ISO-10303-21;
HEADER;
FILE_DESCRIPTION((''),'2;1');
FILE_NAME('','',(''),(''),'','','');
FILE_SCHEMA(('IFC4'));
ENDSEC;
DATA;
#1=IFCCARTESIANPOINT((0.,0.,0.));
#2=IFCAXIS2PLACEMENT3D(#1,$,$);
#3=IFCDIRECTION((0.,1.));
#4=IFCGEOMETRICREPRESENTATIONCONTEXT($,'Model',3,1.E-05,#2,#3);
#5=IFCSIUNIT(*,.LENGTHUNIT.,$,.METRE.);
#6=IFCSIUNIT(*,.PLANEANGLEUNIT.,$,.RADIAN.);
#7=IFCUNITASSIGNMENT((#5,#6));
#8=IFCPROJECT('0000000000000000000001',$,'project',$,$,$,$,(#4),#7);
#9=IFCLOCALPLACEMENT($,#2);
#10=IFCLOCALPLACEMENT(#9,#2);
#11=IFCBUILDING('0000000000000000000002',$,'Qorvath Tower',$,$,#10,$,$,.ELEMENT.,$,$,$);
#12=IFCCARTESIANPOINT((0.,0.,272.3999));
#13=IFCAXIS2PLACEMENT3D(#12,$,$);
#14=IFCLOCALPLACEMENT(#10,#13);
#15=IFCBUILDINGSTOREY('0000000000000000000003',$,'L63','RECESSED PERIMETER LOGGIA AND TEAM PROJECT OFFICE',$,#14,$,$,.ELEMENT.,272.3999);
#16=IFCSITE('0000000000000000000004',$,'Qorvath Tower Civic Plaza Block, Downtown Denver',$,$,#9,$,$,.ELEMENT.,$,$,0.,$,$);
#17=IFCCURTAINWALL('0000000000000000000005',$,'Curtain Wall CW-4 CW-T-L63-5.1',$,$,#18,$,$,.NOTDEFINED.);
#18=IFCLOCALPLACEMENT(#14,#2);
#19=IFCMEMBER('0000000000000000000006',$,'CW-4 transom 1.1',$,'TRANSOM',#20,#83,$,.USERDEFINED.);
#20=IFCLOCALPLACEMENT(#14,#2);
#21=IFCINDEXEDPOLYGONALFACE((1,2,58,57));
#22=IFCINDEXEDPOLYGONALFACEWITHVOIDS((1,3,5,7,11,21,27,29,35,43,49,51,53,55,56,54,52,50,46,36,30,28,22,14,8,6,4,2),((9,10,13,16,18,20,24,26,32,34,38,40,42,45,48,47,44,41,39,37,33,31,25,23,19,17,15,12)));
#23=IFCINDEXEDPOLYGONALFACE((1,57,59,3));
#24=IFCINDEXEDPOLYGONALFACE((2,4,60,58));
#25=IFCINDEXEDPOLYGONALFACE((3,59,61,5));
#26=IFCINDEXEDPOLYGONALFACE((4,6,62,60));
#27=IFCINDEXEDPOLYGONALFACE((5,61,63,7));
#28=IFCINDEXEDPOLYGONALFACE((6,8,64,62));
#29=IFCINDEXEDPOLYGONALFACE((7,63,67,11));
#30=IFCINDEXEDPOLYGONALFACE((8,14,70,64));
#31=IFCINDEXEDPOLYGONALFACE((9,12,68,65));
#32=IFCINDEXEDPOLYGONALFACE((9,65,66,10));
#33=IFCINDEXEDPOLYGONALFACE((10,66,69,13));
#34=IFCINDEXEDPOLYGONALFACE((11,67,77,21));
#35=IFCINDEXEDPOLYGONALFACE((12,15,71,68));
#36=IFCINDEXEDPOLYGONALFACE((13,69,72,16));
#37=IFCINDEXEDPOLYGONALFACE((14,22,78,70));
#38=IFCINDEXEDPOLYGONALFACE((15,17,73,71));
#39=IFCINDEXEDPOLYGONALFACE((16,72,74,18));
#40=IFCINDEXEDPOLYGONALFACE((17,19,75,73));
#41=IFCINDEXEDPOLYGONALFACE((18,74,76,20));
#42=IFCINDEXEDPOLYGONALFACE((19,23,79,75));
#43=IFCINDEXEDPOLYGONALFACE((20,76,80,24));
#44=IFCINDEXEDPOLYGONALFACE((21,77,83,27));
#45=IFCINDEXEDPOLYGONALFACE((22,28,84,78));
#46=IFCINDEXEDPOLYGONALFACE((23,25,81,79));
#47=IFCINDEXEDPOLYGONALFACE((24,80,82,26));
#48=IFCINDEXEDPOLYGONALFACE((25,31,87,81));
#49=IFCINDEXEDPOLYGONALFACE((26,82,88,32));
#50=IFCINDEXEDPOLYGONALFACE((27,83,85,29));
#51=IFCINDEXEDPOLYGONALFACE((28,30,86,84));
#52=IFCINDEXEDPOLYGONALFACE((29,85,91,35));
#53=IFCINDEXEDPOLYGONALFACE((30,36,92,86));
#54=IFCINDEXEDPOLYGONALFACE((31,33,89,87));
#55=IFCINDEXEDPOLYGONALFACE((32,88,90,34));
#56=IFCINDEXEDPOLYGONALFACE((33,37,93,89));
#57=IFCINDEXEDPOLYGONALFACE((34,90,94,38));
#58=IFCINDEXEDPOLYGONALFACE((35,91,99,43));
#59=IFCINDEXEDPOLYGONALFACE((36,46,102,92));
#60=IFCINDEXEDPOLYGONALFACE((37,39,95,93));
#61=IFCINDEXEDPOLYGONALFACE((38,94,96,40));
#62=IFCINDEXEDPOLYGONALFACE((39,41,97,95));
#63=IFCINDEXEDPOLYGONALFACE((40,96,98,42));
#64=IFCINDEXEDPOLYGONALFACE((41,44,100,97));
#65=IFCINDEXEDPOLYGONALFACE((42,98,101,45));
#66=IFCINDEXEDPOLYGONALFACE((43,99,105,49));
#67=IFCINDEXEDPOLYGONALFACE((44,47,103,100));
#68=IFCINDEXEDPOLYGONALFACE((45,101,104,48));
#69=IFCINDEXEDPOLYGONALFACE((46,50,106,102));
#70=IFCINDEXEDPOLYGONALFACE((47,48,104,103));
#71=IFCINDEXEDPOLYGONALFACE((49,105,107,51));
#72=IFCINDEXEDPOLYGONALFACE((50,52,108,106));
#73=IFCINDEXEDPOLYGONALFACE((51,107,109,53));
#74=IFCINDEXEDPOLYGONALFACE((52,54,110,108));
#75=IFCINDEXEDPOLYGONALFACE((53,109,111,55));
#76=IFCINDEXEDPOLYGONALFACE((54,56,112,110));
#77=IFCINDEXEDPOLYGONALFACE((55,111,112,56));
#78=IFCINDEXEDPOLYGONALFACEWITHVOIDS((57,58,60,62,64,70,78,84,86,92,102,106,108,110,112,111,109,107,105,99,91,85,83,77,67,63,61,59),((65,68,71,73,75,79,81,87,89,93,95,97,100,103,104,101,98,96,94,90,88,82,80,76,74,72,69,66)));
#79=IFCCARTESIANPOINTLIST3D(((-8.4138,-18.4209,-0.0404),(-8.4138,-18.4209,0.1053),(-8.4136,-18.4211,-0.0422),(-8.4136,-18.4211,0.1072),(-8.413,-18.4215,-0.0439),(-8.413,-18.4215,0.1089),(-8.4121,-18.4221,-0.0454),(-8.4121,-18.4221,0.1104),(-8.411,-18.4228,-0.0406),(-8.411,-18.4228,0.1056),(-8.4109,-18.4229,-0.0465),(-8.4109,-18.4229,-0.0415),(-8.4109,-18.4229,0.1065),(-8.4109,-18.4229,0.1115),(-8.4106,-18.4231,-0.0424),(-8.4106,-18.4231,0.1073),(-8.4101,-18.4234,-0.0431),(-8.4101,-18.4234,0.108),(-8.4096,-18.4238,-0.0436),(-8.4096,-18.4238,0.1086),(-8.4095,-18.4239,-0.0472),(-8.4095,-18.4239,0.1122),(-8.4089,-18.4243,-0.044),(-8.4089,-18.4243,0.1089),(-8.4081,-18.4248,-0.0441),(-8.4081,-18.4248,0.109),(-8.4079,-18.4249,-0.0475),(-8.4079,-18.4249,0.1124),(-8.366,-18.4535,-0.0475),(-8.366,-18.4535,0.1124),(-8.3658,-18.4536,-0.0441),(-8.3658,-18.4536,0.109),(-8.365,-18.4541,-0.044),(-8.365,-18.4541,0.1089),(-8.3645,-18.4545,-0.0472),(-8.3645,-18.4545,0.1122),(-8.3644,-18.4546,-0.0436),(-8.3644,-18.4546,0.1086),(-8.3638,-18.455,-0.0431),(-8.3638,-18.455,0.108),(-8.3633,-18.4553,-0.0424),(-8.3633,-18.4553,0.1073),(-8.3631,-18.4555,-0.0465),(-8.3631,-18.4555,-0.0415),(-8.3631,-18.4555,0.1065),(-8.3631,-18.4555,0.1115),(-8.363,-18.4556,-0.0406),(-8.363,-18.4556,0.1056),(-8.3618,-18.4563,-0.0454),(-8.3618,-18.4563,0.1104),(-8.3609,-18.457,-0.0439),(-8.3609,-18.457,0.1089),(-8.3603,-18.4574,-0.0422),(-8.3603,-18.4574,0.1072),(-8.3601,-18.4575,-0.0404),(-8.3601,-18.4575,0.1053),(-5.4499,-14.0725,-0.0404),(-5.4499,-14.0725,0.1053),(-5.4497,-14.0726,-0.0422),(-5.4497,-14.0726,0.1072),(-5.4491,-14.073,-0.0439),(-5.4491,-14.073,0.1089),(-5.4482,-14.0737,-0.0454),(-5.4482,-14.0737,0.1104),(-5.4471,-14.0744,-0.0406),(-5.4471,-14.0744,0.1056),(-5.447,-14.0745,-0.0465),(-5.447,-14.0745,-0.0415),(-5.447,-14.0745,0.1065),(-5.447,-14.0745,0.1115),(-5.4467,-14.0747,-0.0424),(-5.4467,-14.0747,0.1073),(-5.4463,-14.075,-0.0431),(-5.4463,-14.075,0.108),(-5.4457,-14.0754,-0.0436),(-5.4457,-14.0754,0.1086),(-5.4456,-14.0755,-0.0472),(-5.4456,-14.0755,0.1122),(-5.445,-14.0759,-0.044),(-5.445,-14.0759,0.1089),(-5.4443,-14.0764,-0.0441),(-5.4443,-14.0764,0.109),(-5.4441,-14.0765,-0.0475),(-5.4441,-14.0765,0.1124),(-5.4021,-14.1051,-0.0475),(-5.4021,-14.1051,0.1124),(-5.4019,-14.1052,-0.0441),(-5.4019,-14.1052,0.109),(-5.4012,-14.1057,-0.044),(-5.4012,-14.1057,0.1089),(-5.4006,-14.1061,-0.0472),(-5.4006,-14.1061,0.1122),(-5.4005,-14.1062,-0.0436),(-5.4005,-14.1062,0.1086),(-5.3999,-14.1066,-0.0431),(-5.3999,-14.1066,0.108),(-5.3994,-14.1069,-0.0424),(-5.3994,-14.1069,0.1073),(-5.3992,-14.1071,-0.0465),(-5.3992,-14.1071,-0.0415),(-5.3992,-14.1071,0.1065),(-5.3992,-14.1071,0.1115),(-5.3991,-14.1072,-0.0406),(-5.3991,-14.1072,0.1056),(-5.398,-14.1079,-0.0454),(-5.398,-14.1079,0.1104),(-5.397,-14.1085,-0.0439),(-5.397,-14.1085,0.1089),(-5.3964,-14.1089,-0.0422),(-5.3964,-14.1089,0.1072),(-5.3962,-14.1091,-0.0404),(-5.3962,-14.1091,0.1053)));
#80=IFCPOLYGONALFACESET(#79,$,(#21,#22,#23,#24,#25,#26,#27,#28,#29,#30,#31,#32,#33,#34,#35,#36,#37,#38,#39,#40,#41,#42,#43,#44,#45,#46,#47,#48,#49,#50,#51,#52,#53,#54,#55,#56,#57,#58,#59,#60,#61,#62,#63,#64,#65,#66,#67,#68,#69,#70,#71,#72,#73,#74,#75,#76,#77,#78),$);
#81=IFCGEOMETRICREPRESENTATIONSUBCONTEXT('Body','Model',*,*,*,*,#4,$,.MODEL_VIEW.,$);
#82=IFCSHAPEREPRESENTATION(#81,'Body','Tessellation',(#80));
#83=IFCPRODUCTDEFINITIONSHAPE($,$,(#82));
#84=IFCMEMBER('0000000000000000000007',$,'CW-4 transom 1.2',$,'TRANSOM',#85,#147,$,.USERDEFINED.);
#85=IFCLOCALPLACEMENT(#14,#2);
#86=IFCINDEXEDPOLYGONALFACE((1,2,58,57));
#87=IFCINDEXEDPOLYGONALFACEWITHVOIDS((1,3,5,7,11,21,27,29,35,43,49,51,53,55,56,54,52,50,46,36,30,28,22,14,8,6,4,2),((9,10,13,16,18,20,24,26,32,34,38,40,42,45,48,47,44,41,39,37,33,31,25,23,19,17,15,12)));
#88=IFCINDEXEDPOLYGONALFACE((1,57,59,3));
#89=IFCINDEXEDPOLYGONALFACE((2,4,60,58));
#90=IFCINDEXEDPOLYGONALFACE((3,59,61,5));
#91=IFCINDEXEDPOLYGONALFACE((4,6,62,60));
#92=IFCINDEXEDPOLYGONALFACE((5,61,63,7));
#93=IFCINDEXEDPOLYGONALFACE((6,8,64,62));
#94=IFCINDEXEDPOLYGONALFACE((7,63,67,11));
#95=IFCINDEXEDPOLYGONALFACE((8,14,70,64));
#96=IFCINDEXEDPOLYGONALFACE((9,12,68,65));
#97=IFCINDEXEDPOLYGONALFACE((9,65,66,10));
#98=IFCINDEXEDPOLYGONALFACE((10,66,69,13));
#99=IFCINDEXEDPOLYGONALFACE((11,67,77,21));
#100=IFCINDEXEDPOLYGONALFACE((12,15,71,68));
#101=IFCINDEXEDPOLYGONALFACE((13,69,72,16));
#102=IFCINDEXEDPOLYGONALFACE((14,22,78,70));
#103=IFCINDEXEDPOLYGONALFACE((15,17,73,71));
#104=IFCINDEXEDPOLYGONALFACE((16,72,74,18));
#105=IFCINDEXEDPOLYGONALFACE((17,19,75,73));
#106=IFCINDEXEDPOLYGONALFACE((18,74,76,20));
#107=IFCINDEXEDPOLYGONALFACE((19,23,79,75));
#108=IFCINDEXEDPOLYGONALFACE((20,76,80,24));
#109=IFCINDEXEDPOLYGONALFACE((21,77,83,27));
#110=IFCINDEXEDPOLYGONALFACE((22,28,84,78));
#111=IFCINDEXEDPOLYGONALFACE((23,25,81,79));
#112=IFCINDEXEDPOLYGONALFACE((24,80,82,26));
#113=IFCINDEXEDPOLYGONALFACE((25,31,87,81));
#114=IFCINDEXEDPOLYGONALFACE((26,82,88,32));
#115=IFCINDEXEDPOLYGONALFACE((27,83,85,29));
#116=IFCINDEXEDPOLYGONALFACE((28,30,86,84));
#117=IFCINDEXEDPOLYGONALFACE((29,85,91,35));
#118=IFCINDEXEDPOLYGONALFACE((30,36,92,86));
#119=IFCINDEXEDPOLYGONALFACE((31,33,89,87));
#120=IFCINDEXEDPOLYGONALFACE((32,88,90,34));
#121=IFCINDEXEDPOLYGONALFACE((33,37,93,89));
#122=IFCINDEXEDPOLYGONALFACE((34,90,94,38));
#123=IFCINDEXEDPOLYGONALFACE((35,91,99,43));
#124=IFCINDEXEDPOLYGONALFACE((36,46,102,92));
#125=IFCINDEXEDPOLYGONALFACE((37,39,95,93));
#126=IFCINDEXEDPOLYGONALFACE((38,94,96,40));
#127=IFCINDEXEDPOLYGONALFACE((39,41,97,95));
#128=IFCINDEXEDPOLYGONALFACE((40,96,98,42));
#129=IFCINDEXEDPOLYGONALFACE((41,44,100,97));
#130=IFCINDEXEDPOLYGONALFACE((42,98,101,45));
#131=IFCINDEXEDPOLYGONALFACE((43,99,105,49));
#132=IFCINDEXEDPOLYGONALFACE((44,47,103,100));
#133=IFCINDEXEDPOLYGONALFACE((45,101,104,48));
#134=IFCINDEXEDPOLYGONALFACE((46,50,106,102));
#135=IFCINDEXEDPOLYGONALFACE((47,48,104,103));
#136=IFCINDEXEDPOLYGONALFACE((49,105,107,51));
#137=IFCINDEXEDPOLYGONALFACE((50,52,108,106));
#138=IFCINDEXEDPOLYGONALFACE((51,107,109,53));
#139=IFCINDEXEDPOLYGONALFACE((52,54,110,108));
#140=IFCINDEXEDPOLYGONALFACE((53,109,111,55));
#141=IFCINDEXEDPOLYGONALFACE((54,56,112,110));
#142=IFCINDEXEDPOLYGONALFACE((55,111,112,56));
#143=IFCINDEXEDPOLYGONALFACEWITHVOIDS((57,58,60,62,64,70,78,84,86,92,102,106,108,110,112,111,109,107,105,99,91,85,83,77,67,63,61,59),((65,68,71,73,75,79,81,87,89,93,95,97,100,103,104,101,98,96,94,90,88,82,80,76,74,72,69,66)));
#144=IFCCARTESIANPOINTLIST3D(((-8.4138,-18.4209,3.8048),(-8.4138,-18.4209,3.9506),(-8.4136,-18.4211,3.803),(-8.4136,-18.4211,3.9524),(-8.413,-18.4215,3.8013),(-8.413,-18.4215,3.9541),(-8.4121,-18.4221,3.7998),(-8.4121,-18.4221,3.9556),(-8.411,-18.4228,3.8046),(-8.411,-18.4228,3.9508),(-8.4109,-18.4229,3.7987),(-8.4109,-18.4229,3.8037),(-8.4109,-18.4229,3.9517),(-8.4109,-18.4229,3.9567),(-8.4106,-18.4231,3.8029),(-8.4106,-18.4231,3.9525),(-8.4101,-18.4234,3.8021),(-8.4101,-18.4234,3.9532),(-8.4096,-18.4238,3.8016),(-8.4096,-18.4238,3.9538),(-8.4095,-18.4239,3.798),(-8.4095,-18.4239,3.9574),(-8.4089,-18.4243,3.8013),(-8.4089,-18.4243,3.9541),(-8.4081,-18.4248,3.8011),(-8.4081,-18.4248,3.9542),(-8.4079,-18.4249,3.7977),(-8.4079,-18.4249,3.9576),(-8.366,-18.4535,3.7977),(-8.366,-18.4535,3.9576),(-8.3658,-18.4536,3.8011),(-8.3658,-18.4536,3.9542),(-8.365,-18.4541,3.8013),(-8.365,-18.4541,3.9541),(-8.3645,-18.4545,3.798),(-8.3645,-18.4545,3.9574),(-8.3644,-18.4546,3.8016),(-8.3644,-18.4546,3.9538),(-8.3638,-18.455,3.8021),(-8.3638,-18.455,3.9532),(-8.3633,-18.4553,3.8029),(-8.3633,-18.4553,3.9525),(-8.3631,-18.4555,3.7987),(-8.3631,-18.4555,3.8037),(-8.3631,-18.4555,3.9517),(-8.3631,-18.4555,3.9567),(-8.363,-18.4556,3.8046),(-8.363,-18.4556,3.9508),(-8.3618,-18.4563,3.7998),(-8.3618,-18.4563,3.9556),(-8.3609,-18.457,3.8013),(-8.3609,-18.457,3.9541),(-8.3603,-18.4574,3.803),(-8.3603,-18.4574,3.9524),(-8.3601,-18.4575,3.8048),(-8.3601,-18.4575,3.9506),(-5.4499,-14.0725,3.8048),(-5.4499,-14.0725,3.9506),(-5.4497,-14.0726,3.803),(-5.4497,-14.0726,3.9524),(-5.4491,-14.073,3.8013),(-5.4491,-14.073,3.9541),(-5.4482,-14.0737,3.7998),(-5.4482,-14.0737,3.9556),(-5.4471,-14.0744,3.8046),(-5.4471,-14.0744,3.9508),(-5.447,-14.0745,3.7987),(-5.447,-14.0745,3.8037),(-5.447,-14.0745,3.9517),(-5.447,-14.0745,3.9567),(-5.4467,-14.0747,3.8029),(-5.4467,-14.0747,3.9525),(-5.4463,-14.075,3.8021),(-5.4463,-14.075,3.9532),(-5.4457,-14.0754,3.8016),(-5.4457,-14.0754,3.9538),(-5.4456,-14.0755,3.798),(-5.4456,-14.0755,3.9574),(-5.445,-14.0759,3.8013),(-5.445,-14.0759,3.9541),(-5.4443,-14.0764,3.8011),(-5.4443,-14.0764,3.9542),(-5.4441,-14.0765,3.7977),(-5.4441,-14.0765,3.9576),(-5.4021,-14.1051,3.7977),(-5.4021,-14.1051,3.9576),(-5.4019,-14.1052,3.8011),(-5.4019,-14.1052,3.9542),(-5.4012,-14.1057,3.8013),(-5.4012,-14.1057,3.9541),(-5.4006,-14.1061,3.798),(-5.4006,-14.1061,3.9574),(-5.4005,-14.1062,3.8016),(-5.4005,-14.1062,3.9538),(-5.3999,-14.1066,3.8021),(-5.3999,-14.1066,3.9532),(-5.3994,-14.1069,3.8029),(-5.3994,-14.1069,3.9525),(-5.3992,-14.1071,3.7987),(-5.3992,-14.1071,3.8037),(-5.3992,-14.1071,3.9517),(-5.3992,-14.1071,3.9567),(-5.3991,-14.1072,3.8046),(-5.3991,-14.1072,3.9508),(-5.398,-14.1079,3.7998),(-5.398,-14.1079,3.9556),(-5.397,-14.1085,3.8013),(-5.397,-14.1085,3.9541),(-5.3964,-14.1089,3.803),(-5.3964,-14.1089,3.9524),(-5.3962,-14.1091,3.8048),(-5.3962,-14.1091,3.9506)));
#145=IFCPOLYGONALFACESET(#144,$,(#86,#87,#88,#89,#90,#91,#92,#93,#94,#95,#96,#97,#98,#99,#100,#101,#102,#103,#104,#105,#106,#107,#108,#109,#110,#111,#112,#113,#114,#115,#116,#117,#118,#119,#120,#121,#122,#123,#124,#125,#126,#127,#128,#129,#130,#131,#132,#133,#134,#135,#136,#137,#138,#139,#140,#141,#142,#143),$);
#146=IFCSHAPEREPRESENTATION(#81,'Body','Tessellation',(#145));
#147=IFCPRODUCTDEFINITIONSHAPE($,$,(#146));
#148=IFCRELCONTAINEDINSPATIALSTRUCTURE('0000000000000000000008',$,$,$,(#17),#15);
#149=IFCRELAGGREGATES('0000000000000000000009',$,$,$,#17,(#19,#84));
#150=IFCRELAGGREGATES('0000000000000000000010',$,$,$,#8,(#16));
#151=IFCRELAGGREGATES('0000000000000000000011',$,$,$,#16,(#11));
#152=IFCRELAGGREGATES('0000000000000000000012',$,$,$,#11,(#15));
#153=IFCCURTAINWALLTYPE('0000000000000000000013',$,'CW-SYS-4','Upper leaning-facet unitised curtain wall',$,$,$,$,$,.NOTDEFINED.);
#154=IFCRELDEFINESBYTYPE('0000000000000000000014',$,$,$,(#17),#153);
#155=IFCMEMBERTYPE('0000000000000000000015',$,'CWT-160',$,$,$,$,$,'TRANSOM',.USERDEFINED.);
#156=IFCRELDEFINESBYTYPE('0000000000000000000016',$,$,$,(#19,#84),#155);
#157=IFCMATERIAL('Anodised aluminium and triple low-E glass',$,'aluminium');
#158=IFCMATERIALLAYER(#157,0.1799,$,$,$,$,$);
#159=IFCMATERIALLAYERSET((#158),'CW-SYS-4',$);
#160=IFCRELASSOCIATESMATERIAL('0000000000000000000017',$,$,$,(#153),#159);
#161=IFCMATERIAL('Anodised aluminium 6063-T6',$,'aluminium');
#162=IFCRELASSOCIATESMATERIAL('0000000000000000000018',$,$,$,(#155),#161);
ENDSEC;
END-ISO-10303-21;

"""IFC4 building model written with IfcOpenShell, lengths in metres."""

from ifc_helpers import new_model, si_unit, direction, frame, origin, origin_2d, place, context, subcontext, project, spatial, hollow_rectangle, extrude, material, layer, layer_set, material_profile, profile_set, type_object, element, aggregate, save


model = new_model("IFC4")

# Units and contexts
model_context = context("Model", 3, precision=1e-05, world=origin(), true_north=direction((0.0, 1.0)))
body_context = subcontext(model_context, "Body", "Model", "MODEL_VIEW")
ifc_project = project(units=[si_unit("LENGTHUNIT", "METRE"), si_unit("PLANEANGLEUNIT", "RADIAN")], contexts=[model_context])

# Site, building, storey
site_placement = place(None, origin())
site = spatial("IfcSite", under=ifc_project, at=site_placement, Name="Qorvath Tower Civic Plaza Block, Downtown Denver", CompositionType="ELEMENT", RefElevation=0.0)
building_placement = place(site_placement, origin())
building = spatial("IfcBuilding", under=site, at=building_placement, Name="Qorvath Tower", CompositionType="ELEMENT")
storey_placement = place(building_placement, frame((0.0, 0.0, 272.3999)))
storey = spatial("IfcBuildingStorey", under=building, at=storey_placement, Name="L63", Description="RECESSED PERIMETER LOGGIA AND TEAM PROJECT OFFICE", CompositionType="ELEMENT", Elevation=272.3999)

# Shared definitions
ifc_material_1 = material(Name="Anodised aluminium and triple low-E glass", Category="aluminium")
ifc_layer_1 = layer(ifc_material_1, 0.1799)
ifc_layer_set_1 = layer_set([ifc_layer_1], Name="CW-SYS-4")
curtain_wall_type = type_object("IfcCurtainWallType", Name="CW-SYS-4", Description="Upper leaning-facet unitised curtain wall", PredefinedType="NOTDEFINED", material=ifc_layer_set_1)

# Curtain wall
curtain_wall_1_placement = place(storey_placement, origin())
curtain_wall_1 = element("IfcCurtainWall", 1, at=curtain_wall_1_placement, inside=storey, type_object=curtain_wall_type, Name="Curtain Wall CW-4 CW-T-L63-5.1", PredefinedType="NOTDEFINED")

# Members
ifc_material_2 = material(Name="Anodised aluminium 6063-T6", Category="aluminium")
ifc_material_profile_1 = material_profile(ifc_material_2, hollow_rectangle(XDim=0.0649, YDim=0.1599, WallThickness=0.0034, InnerFilletRadius=0.0034, OuterFilletRadius=0.0071, at=origin_2d()), Name="CWT 160x65")
ifc_profile_set_1 = profile_set([ifc_material_profile_1], Name="Anodised aluminium 6063-T6")
member_type_1 = type_object("IfcMemberType", Name="CWT-160", ElementType="TRANSOM", PredefinedType="USERDEFINED", material=ifc_profile_set_1)
member_1_placement = place(storey_placement, frame((-8.387, -18.4392, 0.0325), z_axis=(0.563214, 0.826311, 0.0), x_axis=(-0.826311, 0.563214, 0.0)))
member_1 = element("IfcMember", 2, at=member_1_placement, type_object=member_type_1, Name="CW-4 transom 1.1", ObjectType="TRANSOM", PredefinedType="USERDEFINED", context=body_context, shape_type="SweptSolid", body=[
    extrude(hollow_rectangle(XDim=0.0649, YDim=0.1599, WallThickness=0.0034, InnerFilletRadius=0.0034, OuterFilletRadius=0.0071, at=origin_2d()), origin(), (0.0, 0.0, 1.0), 5.2625),
])
member_2_placement = place(storey_placement, frame((-8.387, -18.4392, 3.8777), z_axis=(0.563214, 0.826311, 0.0), x_axis=(-0.826311, 0.563214, 0.0)))
member_2 = element("IfcMember", 3, at=member_2_placement, type_object=member_type_1, Name="CW-4 transom 1.2", ObjectType="TRANSOM", PredefinedType="USERDEFINED", context=body_context, shape_type="SweptSolid", body=[
    extrude(hollow_rectangle(XDim=0.0649, YDim=0.1599, WallThickness=0.0034, InnerFilletRadius=0.0034, OuterFilletRadius=0.0071, at=origin_2d()), origin(), (0.0, 0.0, 1.0), 5.2625),
])

aggregate(curtain_wall_1, [member_1, member_2])

save(model, "model.ifc")
